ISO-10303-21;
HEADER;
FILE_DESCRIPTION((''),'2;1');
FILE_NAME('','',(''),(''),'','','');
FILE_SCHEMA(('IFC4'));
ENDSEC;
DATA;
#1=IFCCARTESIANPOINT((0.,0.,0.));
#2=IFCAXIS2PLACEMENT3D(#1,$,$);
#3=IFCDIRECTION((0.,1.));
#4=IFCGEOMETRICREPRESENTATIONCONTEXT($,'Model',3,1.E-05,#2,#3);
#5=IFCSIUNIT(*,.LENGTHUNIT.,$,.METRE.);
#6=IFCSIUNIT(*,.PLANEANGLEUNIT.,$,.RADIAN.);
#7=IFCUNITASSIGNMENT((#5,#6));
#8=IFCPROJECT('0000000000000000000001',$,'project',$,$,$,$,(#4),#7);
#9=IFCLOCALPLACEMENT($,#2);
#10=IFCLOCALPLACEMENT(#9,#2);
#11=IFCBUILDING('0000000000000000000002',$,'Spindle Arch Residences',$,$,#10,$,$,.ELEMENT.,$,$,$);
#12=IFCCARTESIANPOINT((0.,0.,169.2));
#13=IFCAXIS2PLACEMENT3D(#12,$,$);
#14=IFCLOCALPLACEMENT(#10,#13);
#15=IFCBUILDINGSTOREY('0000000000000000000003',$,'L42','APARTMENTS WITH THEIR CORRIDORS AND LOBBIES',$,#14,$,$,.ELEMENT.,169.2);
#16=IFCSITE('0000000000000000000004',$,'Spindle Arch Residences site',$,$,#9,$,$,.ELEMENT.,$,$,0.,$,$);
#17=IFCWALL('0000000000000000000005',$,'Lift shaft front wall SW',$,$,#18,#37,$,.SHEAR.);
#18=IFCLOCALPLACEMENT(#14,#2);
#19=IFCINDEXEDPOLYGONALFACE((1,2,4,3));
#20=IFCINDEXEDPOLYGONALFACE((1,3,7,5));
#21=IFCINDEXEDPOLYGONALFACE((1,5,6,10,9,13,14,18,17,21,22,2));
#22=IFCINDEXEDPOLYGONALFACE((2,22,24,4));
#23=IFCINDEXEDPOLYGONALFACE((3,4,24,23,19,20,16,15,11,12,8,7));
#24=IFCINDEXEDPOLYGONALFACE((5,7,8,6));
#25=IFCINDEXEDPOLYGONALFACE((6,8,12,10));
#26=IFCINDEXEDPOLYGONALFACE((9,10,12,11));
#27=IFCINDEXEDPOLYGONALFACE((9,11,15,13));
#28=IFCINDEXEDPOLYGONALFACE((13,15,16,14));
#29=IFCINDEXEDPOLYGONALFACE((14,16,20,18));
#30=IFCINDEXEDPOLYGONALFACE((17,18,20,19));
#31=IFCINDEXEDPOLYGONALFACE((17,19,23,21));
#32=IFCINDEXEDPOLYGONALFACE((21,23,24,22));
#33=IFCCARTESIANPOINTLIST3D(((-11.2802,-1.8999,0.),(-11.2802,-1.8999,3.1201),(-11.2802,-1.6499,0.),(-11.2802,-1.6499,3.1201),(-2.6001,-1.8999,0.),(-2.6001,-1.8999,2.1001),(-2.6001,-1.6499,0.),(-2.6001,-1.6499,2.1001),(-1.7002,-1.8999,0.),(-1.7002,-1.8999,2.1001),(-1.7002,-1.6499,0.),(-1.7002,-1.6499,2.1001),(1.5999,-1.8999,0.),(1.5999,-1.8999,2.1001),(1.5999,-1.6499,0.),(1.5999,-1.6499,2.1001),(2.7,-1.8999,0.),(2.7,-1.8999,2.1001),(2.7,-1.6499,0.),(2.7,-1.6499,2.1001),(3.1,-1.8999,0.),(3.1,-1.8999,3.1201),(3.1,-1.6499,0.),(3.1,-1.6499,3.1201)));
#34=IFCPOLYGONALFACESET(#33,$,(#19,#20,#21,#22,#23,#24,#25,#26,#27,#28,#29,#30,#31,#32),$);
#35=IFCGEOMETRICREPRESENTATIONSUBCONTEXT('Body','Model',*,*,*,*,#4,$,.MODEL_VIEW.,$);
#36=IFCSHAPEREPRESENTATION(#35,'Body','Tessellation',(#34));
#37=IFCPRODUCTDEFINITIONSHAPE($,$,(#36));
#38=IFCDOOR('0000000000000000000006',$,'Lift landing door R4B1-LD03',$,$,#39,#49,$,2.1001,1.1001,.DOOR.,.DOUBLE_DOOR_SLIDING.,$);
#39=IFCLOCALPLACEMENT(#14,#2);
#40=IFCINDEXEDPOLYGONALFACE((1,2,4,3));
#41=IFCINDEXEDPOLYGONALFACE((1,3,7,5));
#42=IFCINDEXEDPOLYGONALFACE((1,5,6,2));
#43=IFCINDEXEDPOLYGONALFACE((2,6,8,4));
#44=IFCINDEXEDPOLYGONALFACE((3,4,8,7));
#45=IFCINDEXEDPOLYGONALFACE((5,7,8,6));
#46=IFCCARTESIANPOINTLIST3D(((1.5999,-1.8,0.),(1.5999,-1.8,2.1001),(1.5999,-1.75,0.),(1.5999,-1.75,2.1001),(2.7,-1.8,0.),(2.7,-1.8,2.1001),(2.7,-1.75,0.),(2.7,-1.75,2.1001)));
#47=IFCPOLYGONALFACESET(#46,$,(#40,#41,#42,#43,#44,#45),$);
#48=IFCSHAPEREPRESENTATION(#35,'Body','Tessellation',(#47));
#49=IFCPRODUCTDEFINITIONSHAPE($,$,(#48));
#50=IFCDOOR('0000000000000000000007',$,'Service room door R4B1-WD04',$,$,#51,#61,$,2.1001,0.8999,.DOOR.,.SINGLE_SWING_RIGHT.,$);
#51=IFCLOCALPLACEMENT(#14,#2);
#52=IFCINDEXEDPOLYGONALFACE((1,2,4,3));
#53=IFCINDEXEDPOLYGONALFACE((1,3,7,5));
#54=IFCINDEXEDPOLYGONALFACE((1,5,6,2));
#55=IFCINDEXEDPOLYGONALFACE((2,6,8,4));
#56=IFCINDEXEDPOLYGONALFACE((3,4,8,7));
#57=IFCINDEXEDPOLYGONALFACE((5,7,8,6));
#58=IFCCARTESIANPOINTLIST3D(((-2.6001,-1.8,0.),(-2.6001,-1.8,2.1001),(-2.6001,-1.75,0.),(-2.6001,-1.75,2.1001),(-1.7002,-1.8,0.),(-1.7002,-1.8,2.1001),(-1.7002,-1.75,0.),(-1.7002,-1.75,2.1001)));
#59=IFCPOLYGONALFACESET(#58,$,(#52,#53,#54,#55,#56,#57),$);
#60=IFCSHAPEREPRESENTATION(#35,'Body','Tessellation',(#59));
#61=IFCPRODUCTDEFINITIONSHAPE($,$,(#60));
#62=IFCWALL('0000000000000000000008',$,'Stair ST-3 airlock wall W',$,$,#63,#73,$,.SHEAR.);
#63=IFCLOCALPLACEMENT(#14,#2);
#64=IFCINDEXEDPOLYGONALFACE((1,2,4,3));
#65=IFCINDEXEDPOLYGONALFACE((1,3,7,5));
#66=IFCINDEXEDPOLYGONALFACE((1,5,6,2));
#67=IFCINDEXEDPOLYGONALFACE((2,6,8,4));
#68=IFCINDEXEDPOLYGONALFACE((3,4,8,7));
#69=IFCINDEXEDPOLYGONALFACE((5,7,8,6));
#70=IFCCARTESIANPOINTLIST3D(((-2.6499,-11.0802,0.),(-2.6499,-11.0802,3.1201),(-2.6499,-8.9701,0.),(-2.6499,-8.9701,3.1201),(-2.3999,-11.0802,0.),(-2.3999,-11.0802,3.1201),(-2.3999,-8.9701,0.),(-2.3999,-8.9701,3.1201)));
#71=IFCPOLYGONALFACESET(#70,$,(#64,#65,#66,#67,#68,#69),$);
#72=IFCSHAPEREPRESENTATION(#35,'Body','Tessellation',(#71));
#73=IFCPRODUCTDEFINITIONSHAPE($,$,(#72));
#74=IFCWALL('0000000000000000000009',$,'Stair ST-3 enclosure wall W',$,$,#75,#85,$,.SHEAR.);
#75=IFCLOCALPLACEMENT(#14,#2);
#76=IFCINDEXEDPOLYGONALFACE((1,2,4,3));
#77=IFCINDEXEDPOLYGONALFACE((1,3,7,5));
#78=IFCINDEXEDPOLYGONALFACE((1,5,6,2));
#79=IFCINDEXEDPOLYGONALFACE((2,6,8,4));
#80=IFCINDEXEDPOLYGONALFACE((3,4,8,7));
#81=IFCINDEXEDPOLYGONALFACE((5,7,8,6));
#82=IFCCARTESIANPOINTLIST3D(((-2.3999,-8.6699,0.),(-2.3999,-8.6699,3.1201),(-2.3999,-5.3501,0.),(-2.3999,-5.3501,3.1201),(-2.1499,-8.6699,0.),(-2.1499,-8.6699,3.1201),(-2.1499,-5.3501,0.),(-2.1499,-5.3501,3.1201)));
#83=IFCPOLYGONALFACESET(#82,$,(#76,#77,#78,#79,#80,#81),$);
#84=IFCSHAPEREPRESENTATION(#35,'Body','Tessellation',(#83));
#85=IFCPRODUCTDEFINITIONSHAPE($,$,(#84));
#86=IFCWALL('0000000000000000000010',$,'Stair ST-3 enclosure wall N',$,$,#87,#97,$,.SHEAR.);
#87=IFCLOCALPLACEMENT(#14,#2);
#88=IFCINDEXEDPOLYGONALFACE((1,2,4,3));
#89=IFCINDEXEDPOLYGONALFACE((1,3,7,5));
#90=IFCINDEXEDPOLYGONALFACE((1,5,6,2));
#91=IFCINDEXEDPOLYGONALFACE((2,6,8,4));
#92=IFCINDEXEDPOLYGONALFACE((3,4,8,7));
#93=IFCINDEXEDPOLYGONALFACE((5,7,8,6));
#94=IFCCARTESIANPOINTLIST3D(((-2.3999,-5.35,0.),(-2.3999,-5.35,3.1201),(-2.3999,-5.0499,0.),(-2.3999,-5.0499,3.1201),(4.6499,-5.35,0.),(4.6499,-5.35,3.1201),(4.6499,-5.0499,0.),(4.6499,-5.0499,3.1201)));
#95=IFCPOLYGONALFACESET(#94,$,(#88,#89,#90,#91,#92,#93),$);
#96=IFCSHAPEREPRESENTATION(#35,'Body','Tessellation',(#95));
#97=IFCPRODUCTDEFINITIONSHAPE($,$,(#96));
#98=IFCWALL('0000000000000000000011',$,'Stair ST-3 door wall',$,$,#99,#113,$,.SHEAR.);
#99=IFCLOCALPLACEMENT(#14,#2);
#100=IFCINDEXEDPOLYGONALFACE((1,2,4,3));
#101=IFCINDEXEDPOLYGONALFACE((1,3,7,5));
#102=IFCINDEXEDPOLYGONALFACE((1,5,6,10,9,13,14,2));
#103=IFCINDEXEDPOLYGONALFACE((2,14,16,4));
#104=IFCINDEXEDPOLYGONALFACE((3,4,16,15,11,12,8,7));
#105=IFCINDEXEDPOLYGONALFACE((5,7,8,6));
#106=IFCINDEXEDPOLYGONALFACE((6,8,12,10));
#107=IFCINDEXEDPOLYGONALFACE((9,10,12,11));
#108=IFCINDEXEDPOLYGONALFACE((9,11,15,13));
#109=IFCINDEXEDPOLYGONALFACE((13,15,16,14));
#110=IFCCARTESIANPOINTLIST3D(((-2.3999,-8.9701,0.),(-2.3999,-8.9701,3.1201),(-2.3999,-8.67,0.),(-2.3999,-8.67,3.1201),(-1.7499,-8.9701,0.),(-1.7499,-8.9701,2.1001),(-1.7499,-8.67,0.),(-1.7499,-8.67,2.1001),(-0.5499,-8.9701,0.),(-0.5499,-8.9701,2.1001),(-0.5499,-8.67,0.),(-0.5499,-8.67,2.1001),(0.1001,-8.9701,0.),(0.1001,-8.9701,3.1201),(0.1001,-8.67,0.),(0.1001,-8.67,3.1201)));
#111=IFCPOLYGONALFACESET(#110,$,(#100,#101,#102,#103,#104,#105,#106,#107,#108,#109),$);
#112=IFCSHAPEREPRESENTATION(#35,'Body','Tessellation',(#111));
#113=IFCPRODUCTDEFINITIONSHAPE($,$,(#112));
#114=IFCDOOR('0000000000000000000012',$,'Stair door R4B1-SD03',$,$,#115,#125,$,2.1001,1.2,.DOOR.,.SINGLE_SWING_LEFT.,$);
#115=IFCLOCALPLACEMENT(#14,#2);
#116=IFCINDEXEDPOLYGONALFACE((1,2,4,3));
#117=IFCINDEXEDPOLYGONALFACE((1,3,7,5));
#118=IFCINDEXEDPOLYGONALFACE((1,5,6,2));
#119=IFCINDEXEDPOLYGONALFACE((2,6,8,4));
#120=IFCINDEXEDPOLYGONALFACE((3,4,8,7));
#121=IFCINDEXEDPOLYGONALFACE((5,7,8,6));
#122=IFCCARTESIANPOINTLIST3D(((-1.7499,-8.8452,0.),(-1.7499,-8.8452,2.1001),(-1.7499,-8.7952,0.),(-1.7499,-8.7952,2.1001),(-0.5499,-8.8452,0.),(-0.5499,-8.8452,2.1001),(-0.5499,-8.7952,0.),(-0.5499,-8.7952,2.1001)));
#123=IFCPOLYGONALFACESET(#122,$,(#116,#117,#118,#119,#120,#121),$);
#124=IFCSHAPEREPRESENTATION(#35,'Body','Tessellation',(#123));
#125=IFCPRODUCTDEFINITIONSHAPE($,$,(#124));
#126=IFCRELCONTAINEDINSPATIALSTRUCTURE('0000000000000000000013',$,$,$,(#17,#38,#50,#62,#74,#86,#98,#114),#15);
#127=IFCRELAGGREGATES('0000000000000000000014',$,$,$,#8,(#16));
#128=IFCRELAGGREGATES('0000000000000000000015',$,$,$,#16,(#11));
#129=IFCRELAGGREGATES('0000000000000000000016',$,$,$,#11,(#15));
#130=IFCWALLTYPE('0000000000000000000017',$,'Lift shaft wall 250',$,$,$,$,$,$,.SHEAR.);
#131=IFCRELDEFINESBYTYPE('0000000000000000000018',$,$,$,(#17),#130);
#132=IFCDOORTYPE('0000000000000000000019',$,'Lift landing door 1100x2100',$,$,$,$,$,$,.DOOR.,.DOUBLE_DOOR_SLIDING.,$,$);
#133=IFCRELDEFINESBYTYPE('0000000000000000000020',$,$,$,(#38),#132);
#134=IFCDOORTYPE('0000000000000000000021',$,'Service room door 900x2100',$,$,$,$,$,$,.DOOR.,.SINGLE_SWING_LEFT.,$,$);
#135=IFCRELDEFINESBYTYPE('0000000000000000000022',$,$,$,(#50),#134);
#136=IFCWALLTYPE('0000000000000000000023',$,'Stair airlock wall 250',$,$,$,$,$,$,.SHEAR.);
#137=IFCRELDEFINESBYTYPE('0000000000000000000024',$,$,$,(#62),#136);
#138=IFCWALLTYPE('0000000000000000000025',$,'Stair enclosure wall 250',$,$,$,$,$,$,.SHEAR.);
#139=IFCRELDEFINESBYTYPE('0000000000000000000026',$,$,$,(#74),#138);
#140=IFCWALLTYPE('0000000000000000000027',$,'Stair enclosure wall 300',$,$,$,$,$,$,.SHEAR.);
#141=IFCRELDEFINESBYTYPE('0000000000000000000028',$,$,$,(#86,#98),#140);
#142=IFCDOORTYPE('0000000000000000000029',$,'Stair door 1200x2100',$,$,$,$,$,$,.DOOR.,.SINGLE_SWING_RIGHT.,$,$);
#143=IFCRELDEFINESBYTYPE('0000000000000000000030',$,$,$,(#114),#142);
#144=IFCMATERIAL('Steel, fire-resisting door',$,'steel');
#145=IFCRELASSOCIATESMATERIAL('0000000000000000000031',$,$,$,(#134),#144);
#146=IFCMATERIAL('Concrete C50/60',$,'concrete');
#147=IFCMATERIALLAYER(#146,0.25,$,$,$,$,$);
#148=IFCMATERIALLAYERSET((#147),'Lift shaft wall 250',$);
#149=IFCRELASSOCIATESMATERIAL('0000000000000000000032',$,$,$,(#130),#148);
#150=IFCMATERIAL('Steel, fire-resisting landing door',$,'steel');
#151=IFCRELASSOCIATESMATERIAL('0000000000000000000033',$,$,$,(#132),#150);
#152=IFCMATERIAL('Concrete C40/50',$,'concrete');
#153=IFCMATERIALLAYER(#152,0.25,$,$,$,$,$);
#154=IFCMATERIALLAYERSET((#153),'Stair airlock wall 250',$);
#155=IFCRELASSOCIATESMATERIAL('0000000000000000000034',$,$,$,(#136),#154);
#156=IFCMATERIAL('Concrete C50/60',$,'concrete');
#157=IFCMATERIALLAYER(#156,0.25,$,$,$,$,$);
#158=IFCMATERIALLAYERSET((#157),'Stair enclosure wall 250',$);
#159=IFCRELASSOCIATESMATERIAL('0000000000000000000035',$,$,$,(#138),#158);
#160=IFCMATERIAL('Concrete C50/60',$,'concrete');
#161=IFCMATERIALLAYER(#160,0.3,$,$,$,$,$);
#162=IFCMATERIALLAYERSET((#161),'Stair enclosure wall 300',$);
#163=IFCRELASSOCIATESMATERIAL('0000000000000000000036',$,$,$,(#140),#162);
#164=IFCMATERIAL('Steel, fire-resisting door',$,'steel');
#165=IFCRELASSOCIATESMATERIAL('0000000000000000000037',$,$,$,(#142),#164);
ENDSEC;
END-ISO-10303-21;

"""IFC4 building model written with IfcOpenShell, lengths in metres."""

from ifc_helpers import new_model, si_unit, direction, frame, frame_2d, origin, place, context, subcontext, project, spatial, rectangle, extrude, material, layer, layer_set, type_object, element, fill, save


model = new_model("IFC4")

# Units and contexts
model_context = context("Model", 3, precision=1e-05, world=origin(), true_north=direction((0.0, 1.0)))
body_context = subcontext(model_context, "Body", "Model", "MODEL_VIEW")
ifc_project = project(units=[si_unit("LENGTHUNIT", "METRE"), si_unit("PLANEANGLEUNIT", "RADIAN")], contexts=[model_context])

# Site, building, storey
site_placement = place(None, origin())
site = spatial("IfcSite", under=ifc_project, at=site_placement, Name="Spindle Arch Residences site", CompositionType="ELEMENT", RefElevation=0.0)
building_placement = place(site_placement, origin())
building = spatial("IfcBuilding", under=site, at=building_placement, Name="Spindle Arch Residences", CompositionType="ELEMENT")
storey_placement = place(building_placement, frame((0.0, 0.0, 169.2)))
storey = spatial("IfcBuildingStorey", under=building, at=storey_placement, Name="L42", Description="APARTMENTS WITH THEIR CORRIDORS AND LOBBIES", CompositionType="ELEMENT", Elevation=169.2)

# Shared definitions
ifc_material_1 = material(Name="Steel, fire-resisting door", Category="steel")
door_type_1 = type_object("IfcDoorType", Name="Service room door 900x2100", OperationType="SINGLE_SWING_LEFT", PredefinedType="DOOR", material=ifc_material_1)

# Wall, openings, doors
ifc_material_2 = material(Name="Concrete C50/60", Category="concrete")
ifc_layer_1 = layer(ifc_material_2, 0.25)
ifc_layer_set_1 = layer_set([ifc_layer_1], Name="Lift shaft wall 250")
wall_type_1 = type_object("IfcWallType", Name="Lift shaft wall 250", PredefinedType="SHEAR", material=ifc_layer_set_1)
wall_1_placement = place(storey_placement, frame((-11.28, -1.7749, 0.0), z_axis=(0.0, 0.0, 1.0), x_axis=(1.0, 0.0, 0.0)))
wall_1 = element("IfcWall", 1, at=wall_1_placement, inside=storey, type_object=wall_type_1, Name="Lift shaft front wall SW", PredefinedType="SHEAR", context=body_context, shape_type="SweptSolid", body=[
    extrude(rectangle(XDim=14.3801, YDim=0.25, at=frame_2d((7.1899, 0.0))), origin(), (0.0, 0.0, 1.0), 3.1201),
])
opening_1_placement = place(wall_1_placement, frame((12.8799, 0.0, 0.0)))
opening_1 = element("IfcOpeningElement", 2, at=opening_1_placement, cuts=wall_1, PredefinedType="OPENING", context=body_context, shape_type="SweptSolid", body=[
    extrude(rectangle(XDim=1.1001, YDim=2.1001, at=frame_2d((0.55, 1.05))), frame((0.0, 0.135, 0.0), z_axis=(0.0, -1.0, 0.0), x_axis=(1.0, 0.0, 0.0)), (0.0, 0.0, 1.0), 0.27),
])
opening_2_placement = place(wall_1_placement, frame((8.6799, 0.0, 0.0)))
opening_2 = element("IfcOpeningElement", 3, at=opening_2_placement, cuts=wall_1, PredefinedType="OPENING", context=body_context, shape_type="SweptSolid", body=[
    extrude(rectangle(XDim=0.8999, YDim=2.1001, at=frame_2d((0.45, 1.05))), frame((0.0, 0.135, 0.0), z_axis=(0.0, -1.0, 0.0), x_axis=(1.0, 0.0, 0.0)), (0.0, 0.0, 1.0), 0.27),
])
ifc_material_3 = material(Name="Steel, fire-resisting landing door", Category="steel")
door_type_2 = type_object("IfcDoorType", Name="Lift landing door 1100x2100", OperationType="DOUBLE_DOOR_SLIDING", PredefinedType="DOOR", material=ifc_material_3)
door_1_placement = place(opening_1_placement, origin())
door_1 = element("IfcDoor", 4, at=door_1_placement, inside=storey, type_object=door_type_2, Name="Lift landing door R4B1-LD03", OperationType="DOUBLE_DOOR_SLIDING", OverallHeight=2.1001, OverallWidth=1.1001, PredefinedType="DOOR", context=body_context, shape_type="SweptSolid", body=[
    extrude(rectangle(XDim=1.1001, YDim=2.1001, at=frame_2d((0.55, 1.05))), frame((0.0, 0.0249, 0.0), z_axis=(0.0, -1.0, 0.0), x_axis=(1.0, 0.0, 0.0)), (0.0, 0.0, 1.0), 0.05),
])
fill(opening_1, door_1)
door_2_placement = place(opening_2_placement, origin())
door_2 = element("IfcDoor", 5, at=door_2_placement, inside=storey, type_object=door_type_1, Name="Service room door R4B1-WD04", OperationType="SINGLE_SWING_RIGHT", OverallHeight=2.1001, OverallWidth=0.8999, PredefinedType="DOOR", context=body_context, shape_type="SweptSolid", body=[
    extrude(rectangle(XDim=0.8999, YDim=2.1001, at=frame_2d((0.45, 1.05))), frame((0.0, 0.0249, 0.0), z_axis=(0.0, -1.0, 0.0), x_axis=(1.0, 0.0, 0.0)), (0.0, 0.0, 1.0), 0.05),
])
fill(opening_2, door_2)

# Walls
ifc_material_4 = material(Name="Concrete C40/50", Category="concrete")
ifc_layer_2 = layer(ifc_material_4, 0.25)
ifc_layer_set_2 = layer_set([ifc_layer_2], Name="Stair airlock wall 250")
wall_type_2 = type_object("IfcWallType", Name="Stair airlock wall 250", PredefinedType="SHEAR", material=ifc_layer_set_2)
wall_2_placement = place(storey_placement, frame((-2.5249, -8.97, 0.0), z_axis=(0.0, 0.0, 1.0), x_axis=(0.0, -1.0, 0.0)))
element("IfcWall", 6, at=wall_2_placement, inside=storey, type_object=wall_type_2, Name="Stair ST-3 airlock wall W", PredefinedType="SHEAR", context=body_context, shape_type="SweptSolid", body=[
    extrude(rectangle(XDim=2.1101, YDim=0.25, at=frame_2d((1.0552, 0.0))), origin(), (0.0, 0.0, 1.0), 3.1201),
])
ifc_material_5 = material(Name="Concrete C50/60", Category="concrete")
ifc_layer_3 = layer(ifc_material_5, 0.25)
ifc_layer_set_3 = layer_set([ifc_layer_3], Name="Stair enclosure wall 250")
wall_type_3 = type_object("IfcWallType", Name="Stair enclosure wall 250", PredefinedType="SHEAR", material=ifc_layer_set_3)
wall_3_placement = place(storey_placement, frame((-2.2749, -8.6699, 0.0), z_axis=(0.0, 0.0, 1.0), x_axis=(0.0, 1.0, 0.0)))
element("IfcWall", 7, at=wall_3_placement, inside=storey, type_object=wall_type_3, Name="Stair ST-3 enclosure wall W", PredefinedType="SHEAR", context=body_context, shape_type="SweptSolid", body=[
    extrude(rectangle(XDim=3.3198, YDim=0.25, at=frame_2d((1.6599, 0.0))), origin(), (0.0, 0.0, 1.0), 3.1201),
])
ifc_material_6 = material(Name="Concrete C50/60", Category="concrete")
ifc_layer_4 = layer(ifc_material_6, 0.3)
ifc_layer_set_4 = layer_set([ifc_layer_4], Name="Stair enclosure wall 300")
wall_type_4 = type_object("IfcWallType", Name="Stair enclosure wall 300", PredefinedType="SHEAR", material=ifc_layer_set_4)
wall_4_placement = place(storey_placement, frame((-2.3999, -5.2, 0.0), z_axis=(0.0, 0.0, 1.0), x_axis=(1.0, 0.0, 0.0)))
element("IfcWall", 8, at=wall_4_placement, inside=storey, type_object=wall_type_4, Name="Stair ST-3 enclosure wall N", PredefinedType="SHEAR", context=body_context, shape_type="SweptSolid", body=[
    extrude(rectangle(XDim=7.0498, YDim=0.3, at=frame_2d((3.5249, 0.0))), origin(), (0.0, 0.0, 1.0), 3.1201),
])

# Wall, opening, door
wall_5_placement = place(storey_placement, frame((-2.3999, -8.8201, 0.0), z_axis=(0.0, 0.0, 1.0), x_axis=(1.0, 0.0, 0.0)))
wall_5 = element("IfcWall", 9, at=wall_5_placement, inside=storey, type_object=wall_type_4, Name="Stair ST-3 door wall", PredefinedType="SHEAR", context=body_context, shape_type="SweptSolid", body=[
    extrude(rectangle(XDim=2.5, YDim=0.3, at=frame_2d((1.25, 0.0))), origin(), (0.0, 0.0, 1.0), 3.1201),
])
opening_3_placement = place(wall_5_placement, frame((0.6499, 0.0, 0.0)))
opening_3 = element("IfcOpeningElement", 10, at=opening_3_placement, cuts=wall_5, PredefinedType="OPENING", context=body_context, shape_type="SweptSolid", body=[
    extrude(rectangle(XDim=1.2, YDim=2.1001, at=frame_2d((0.6001, 1.05))), frame((0.0, 0.1602, 0.0), z_axis=(0.0, -1.0, 0.0), x_axis=(1.0, 0.0, 0.0)), (0.0, 0.0, 1.0), 0.3201),
])
ifc_material_7 = material(Name="Steel, fire-resisting door", Category="steel")
door_type_3 = type_object("IfcDoorType", Name="Stair door 1200x2100", OperationType="SINGLE_SWING_RIGHT", PredefinedType="DOOR", material=ifc_material_7)
door_3_placement = place(opening_3_placement, origin())
door_3 = element("IfcDoor", 11, at=door_3_placement, inside=storey, type_object=door_type_3, Name="Stair door R4B1-SD03", OperationType="SINGLE_SWING_LEFT", OverallHeight=2.1001, OverallWidth=1.2, PredefinedType="DOOR", context=body_context, shape_type="SweptSolid", body=[
    extrude(rectangle(XDim=1.2, YDim=2.1001, at=frame_2d((0.6001, 1.05))), frame((0.0, 0.0249, 0.0), z_axis=(0.0, -1.0, 0.0), x_axis=(1.0, 0.0, 0.0)), (0.0, 0.0, 1.0), 0.05),
])
fill(opening_3, door_3)

save(model, "model.ifc")
